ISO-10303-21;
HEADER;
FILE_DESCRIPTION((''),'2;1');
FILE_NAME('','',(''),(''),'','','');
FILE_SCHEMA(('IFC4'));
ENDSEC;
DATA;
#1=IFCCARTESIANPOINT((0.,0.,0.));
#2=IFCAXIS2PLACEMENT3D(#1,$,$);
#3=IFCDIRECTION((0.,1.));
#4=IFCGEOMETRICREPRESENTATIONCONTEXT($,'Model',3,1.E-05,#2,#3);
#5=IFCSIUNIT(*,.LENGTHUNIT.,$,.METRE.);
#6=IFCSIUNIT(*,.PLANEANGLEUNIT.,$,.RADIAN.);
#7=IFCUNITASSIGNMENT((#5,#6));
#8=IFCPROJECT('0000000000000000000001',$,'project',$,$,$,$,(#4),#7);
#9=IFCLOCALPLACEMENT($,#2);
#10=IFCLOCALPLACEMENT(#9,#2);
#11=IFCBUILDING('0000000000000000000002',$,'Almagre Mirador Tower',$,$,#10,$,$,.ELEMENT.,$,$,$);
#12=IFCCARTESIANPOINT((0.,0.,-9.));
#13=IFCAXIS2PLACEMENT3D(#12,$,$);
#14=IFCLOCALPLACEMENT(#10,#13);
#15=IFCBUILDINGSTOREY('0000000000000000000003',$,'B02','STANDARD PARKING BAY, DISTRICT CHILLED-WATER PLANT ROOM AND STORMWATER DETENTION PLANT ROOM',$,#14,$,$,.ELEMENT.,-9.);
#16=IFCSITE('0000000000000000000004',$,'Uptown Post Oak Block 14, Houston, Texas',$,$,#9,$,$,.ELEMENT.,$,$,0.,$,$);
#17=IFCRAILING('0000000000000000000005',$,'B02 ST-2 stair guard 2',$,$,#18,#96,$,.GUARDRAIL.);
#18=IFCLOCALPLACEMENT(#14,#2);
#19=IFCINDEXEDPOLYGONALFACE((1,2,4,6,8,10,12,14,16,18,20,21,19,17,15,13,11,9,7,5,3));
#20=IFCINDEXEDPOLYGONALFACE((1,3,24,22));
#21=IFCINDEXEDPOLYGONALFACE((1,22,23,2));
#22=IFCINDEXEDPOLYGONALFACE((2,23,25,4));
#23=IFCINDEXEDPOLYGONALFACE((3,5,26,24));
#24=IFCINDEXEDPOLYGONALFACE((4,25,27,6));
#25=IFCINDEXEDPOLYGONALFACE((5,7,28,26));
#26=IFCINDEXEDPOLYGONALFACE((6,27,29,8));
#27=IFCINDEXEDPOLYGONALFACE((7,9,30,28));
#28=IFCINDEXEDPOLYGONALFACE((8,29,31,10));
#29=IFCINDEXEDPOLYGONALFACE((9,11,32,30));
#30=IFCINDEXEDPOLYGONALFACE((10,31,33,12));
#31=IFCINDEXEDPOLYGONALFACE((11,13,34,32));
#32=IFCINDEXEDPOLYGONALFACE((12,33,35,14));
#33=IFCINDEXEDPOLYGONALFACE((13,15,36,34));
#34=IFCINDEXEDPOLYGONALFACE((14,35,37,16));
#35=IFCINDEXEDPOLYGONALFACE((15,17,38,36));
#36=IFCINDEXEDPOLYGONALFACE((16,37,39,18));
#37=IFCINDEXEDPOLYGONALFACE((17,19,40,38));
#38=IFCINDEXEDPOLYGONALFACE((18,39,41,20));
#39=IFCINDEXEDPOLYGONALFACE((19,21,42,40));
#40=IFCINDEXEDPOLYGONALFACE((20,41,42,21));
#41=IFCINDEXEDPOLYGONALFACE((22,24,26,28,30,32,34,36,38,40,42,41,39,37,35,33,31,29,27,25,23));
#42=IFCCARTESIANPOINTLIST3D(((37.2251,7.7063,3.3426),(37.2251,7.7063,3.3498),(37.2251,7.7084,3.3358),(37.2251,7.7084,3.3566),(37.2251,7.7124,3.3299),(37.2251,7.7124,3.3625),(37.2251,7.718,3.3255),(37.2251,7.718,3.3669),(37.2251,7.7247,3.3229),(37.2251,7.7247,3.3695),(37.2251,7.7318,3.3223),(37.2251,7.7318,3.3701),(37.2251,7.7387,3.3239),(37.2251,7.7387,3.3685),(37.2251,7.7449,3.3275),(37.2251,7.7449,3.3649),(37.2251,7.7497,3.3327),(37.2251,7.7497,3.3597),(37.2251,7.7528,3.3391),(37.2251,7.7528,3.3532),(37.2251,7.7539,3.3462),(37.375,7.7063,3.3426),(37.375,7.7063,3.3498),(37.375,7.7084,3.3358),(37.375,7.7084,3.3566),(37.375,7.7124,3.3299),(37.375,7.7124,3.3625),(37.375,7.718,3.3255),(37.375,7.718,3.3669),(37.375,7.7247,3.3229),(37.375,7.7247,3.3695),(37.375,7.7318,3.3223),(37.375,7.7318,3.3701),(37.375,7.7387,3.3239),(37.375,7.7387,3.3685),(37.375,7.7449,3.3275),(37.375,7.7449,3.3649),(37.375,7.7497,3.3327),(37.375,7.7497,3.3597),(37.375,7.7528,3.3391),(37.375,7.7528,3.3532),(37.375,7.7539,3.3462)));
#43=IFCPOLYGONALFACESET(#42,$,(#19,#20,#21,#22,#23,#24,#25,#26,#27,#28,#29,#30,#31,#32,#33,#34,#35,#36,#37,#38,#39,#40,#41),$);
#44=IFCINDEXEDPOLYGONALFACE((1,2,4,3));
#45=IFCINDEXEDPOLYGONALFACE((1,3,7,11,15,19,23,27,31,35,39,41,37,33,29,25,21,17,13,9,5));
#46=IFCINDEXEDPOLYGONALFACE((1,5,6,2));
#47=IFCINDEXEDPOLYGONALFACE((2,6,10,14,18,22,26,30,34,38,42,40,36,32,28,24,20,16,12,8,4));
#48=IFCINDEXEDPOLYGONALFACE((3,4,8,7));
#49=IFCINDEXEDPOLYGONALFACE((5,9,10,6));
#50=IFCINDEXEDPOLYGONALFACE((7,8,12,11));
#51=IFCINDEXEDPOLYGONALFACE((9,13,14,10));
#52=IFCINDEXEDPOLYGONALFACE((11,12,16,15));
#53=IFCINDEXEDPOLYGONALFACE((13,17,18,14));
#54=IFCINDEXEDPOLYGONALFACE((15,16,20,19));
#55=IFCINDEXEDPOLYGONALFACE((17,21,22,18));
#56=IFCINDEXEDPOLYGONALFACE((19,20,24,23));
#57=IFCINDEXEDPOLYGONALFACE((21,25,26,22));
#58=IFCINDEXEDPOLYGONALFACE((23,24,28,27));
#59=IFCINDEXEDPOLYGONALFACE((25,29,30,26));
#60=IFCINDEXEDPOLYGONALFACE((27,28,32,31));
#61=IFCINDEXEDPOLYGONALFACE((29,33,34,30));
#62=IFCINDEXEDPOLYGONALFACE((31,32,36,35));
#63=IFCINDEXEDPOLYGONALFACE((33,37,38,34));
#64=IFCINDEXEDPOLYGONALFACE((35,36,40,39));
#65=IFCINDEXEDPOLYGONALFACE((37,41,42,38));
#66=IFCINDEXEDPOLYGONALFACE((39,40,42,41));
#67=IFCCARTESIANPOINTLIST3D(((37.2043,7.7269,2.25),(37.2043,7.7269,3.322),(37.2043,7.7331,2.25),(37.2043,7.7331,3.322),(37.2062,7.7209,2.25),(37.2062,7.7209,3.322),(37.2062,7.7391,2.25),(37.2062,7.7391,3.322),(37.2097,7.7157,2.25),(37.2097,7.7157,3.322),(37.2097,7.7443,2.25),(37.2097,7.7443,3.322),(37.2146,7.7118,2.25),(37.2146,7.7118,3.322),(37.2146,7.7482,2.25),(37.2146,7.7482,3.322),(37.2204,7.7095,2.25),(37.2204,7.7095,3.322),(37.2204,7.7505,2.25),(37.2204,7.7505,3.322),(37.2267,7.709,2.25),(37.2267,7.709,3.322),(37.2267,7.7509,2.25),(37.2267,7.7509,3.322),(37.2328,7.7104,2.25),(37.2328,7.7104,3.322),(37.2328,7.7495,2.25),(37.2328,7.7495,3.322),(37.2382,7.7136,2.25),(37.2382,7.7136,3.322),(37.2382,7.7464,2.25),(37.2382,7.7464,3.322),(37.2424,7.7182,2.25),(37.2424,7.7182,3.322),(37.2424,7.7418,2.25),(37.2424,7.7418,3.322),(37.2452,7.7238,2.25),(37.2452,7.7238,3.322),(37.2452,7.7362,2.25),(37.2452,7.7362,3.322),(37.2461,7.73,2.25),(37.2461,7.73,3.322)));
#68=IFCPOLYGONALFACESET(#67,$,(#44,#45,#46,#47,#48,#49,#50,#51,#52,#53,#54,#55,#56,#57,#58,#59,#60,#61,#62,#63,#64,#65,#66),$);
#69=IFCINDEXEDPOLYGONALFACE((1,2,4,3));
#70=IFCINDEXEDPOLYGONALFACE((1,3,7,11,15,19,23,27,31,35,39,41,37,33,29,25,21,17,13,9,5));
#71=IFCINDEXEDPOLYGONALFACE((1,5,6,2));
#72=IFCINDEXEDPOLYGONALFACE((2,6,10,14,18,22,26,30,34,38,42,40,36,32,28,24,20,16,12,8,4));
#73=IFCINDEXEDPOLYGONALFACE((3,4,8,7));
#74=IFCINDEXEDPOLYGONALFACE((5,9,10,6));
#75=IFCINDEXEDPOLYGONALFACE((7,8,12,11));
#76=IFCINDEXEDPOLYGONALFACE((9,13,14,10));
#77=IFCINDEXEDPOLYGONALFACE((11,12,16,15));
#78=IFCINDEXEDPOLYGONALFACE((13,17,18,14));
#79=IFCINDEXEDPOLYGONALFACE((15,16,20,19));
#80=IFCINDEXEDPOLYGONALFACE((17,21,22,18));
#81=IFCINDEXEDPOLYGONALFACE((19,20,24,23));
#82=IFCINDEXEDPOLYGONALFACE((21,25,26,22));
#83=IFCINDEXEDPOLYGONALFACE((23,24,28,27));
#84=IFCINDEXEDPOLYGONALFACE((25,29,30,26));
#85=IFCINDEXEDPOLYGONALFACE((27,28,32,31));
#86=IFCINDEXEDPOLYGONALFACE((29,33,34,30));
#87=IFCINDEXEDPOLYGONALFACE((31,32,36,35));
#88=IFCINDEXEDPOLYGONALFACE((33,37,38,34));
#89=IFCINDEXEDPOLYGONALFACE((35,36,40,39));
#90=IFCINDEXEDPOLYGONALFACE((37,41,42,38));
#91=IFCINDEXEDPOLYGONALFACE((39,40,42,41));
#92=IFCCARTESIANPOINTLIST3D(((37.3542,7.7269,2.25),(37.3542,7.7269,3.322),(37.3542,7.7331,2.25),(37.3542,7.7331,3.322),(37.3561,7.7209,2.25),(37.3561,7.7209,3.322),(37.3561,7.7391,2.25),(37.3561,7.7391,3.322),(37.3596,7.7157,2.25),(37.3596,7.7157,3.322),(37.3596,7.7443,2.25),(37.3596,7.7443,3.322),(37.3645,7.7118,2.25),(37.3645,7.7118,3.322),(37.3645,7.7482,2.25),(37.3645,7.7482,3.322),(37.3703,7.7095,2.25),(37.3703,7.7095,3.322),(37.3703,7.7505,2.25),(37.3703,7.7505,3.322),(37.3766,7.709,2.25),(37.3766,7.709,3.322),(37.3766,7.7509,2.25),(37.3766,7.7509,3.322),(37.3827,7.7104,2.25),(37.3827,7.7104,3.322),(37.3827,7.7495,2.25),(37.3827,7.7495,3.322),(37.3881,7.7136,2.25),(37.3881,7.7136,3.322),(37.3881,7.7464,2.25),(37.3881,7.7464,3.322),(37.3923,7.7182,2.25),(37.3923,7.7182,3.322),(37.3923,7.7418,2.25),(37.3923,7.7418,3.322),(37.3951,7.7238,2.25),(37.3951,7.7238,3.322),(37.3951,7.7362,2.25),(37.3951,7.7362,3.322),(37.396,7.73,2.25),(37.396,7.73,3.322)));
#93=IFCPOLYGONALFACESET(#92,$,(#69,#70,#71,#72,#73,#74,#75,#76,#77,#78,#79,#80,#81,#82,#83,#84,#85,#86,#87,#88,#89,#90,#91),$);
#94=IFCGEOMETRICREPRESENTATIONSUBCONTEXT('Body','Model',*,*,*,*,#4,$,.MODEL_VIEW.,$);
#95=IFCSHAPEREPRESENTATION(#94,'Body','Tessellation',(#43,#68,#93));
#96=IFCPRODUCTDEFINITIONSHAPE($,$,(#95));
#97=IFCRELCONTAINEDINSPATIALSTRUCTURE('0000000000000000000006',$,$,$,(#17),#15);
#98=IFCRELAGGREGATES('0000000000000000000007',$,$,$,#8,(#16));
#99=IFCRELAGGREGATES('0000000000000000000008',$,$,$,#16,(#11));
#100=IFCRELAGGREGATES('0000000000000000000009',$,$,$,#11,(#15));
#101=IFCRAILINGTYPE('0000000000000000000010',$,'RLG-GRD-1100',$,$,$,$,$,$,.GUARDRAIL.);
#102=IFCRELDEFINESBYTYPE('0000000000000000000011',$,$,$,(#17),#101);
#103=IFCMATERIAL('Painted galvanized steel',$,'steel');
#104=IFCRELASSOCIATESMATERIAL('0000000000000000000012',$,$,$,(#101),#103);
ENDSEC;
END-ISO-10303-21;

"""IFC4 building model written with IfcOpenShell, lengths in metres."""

from ifc_helpers import new_model, si_unit, direction, frame, origin, origin_2d, place, context, subcontext, project, spatial, circle, extrude, material, type_object, element, save


model = new_model("IFC4")

# Units and contexts
model_context = context("Model", 3, precision=1e-05, world=origin(), true_north=direction((0.0, 1.0)))
body_context = subcontext(model_context, "Body", "Model", "MODEL_VIEW")
ifc_project = project(units=[si_unit("LENGTHUNIT", "METRE"), si_unit("PLANEANGLEUNIT", "RADIAN")], contexts=[model_context])

# Site, building, storey
site_placement = place(None, origin())
site = spatial("IfcSite", under=ifc_project, at=site_placement, Name="Uptown Post Oak Block 14, Houston, Texas", CompositionType="ELEMENT", RefElevation=0.0)
building_placement = place(site_placement, origin())
building = spatial("IfcBuilding", under=site, at=building_placement, Name="Almagre Mirador Tower", CompositionType="ELEMENT")
storey_placement = place(building_placement, frame((0.0, 0.0, -9.0)))
storey = spatial("IfcBuildingStorey", under=building, at=storey_placement, Name="B02", Description="STANDARD PARKING BAY, DISTRICT CHILLED-WATER PLANT ROOM AND STORMWATER DETENTION PLANT ROOM", CompositionType="ELEMENT", Elevation=-9.0)

# Railing
ifc_material_1 = material(Name="Painted galvanized steel", Category="steel")
railing_type_1 = type_object("IfcRailingType", Name="RLG-GRD-1100", PredefinedType="GUARDRAIL", material=ifc_material_1)
railing_1_placement = place(storey_placement, frame((37.2251, 7.73, 2.25)))
element("IfcRailing", 1, at=railing_1_placement, inside=storey, type_object=railing_type_1, Name="B02 ST-2 stair guard 2", PredefinedType="GUARDRAIL", context=body_context, shape_type="SweptSolid", body=[
    extrude(circle(Radius=0.0239, at=origin_2d()), frame((0.0, 0.0, 1.0962), z_axis=(1.0, 0.0, 0.0), x_axis=(0.0, 1.0, 0.0)), (0.0, 0.0, 1.0), 0.1499),
    extrude(circle(Radius=0.021, at=origin_2d()), origin(), (0.0, 0.0, 1.0), 1.072),
    extrude(circle(Radius=0.021, at=origin_2d()), frame((0.1499, 0.0, 0.0)), (0.0, 0.0, 1.0), 1.072),
])

save(model, "model.ifc")
